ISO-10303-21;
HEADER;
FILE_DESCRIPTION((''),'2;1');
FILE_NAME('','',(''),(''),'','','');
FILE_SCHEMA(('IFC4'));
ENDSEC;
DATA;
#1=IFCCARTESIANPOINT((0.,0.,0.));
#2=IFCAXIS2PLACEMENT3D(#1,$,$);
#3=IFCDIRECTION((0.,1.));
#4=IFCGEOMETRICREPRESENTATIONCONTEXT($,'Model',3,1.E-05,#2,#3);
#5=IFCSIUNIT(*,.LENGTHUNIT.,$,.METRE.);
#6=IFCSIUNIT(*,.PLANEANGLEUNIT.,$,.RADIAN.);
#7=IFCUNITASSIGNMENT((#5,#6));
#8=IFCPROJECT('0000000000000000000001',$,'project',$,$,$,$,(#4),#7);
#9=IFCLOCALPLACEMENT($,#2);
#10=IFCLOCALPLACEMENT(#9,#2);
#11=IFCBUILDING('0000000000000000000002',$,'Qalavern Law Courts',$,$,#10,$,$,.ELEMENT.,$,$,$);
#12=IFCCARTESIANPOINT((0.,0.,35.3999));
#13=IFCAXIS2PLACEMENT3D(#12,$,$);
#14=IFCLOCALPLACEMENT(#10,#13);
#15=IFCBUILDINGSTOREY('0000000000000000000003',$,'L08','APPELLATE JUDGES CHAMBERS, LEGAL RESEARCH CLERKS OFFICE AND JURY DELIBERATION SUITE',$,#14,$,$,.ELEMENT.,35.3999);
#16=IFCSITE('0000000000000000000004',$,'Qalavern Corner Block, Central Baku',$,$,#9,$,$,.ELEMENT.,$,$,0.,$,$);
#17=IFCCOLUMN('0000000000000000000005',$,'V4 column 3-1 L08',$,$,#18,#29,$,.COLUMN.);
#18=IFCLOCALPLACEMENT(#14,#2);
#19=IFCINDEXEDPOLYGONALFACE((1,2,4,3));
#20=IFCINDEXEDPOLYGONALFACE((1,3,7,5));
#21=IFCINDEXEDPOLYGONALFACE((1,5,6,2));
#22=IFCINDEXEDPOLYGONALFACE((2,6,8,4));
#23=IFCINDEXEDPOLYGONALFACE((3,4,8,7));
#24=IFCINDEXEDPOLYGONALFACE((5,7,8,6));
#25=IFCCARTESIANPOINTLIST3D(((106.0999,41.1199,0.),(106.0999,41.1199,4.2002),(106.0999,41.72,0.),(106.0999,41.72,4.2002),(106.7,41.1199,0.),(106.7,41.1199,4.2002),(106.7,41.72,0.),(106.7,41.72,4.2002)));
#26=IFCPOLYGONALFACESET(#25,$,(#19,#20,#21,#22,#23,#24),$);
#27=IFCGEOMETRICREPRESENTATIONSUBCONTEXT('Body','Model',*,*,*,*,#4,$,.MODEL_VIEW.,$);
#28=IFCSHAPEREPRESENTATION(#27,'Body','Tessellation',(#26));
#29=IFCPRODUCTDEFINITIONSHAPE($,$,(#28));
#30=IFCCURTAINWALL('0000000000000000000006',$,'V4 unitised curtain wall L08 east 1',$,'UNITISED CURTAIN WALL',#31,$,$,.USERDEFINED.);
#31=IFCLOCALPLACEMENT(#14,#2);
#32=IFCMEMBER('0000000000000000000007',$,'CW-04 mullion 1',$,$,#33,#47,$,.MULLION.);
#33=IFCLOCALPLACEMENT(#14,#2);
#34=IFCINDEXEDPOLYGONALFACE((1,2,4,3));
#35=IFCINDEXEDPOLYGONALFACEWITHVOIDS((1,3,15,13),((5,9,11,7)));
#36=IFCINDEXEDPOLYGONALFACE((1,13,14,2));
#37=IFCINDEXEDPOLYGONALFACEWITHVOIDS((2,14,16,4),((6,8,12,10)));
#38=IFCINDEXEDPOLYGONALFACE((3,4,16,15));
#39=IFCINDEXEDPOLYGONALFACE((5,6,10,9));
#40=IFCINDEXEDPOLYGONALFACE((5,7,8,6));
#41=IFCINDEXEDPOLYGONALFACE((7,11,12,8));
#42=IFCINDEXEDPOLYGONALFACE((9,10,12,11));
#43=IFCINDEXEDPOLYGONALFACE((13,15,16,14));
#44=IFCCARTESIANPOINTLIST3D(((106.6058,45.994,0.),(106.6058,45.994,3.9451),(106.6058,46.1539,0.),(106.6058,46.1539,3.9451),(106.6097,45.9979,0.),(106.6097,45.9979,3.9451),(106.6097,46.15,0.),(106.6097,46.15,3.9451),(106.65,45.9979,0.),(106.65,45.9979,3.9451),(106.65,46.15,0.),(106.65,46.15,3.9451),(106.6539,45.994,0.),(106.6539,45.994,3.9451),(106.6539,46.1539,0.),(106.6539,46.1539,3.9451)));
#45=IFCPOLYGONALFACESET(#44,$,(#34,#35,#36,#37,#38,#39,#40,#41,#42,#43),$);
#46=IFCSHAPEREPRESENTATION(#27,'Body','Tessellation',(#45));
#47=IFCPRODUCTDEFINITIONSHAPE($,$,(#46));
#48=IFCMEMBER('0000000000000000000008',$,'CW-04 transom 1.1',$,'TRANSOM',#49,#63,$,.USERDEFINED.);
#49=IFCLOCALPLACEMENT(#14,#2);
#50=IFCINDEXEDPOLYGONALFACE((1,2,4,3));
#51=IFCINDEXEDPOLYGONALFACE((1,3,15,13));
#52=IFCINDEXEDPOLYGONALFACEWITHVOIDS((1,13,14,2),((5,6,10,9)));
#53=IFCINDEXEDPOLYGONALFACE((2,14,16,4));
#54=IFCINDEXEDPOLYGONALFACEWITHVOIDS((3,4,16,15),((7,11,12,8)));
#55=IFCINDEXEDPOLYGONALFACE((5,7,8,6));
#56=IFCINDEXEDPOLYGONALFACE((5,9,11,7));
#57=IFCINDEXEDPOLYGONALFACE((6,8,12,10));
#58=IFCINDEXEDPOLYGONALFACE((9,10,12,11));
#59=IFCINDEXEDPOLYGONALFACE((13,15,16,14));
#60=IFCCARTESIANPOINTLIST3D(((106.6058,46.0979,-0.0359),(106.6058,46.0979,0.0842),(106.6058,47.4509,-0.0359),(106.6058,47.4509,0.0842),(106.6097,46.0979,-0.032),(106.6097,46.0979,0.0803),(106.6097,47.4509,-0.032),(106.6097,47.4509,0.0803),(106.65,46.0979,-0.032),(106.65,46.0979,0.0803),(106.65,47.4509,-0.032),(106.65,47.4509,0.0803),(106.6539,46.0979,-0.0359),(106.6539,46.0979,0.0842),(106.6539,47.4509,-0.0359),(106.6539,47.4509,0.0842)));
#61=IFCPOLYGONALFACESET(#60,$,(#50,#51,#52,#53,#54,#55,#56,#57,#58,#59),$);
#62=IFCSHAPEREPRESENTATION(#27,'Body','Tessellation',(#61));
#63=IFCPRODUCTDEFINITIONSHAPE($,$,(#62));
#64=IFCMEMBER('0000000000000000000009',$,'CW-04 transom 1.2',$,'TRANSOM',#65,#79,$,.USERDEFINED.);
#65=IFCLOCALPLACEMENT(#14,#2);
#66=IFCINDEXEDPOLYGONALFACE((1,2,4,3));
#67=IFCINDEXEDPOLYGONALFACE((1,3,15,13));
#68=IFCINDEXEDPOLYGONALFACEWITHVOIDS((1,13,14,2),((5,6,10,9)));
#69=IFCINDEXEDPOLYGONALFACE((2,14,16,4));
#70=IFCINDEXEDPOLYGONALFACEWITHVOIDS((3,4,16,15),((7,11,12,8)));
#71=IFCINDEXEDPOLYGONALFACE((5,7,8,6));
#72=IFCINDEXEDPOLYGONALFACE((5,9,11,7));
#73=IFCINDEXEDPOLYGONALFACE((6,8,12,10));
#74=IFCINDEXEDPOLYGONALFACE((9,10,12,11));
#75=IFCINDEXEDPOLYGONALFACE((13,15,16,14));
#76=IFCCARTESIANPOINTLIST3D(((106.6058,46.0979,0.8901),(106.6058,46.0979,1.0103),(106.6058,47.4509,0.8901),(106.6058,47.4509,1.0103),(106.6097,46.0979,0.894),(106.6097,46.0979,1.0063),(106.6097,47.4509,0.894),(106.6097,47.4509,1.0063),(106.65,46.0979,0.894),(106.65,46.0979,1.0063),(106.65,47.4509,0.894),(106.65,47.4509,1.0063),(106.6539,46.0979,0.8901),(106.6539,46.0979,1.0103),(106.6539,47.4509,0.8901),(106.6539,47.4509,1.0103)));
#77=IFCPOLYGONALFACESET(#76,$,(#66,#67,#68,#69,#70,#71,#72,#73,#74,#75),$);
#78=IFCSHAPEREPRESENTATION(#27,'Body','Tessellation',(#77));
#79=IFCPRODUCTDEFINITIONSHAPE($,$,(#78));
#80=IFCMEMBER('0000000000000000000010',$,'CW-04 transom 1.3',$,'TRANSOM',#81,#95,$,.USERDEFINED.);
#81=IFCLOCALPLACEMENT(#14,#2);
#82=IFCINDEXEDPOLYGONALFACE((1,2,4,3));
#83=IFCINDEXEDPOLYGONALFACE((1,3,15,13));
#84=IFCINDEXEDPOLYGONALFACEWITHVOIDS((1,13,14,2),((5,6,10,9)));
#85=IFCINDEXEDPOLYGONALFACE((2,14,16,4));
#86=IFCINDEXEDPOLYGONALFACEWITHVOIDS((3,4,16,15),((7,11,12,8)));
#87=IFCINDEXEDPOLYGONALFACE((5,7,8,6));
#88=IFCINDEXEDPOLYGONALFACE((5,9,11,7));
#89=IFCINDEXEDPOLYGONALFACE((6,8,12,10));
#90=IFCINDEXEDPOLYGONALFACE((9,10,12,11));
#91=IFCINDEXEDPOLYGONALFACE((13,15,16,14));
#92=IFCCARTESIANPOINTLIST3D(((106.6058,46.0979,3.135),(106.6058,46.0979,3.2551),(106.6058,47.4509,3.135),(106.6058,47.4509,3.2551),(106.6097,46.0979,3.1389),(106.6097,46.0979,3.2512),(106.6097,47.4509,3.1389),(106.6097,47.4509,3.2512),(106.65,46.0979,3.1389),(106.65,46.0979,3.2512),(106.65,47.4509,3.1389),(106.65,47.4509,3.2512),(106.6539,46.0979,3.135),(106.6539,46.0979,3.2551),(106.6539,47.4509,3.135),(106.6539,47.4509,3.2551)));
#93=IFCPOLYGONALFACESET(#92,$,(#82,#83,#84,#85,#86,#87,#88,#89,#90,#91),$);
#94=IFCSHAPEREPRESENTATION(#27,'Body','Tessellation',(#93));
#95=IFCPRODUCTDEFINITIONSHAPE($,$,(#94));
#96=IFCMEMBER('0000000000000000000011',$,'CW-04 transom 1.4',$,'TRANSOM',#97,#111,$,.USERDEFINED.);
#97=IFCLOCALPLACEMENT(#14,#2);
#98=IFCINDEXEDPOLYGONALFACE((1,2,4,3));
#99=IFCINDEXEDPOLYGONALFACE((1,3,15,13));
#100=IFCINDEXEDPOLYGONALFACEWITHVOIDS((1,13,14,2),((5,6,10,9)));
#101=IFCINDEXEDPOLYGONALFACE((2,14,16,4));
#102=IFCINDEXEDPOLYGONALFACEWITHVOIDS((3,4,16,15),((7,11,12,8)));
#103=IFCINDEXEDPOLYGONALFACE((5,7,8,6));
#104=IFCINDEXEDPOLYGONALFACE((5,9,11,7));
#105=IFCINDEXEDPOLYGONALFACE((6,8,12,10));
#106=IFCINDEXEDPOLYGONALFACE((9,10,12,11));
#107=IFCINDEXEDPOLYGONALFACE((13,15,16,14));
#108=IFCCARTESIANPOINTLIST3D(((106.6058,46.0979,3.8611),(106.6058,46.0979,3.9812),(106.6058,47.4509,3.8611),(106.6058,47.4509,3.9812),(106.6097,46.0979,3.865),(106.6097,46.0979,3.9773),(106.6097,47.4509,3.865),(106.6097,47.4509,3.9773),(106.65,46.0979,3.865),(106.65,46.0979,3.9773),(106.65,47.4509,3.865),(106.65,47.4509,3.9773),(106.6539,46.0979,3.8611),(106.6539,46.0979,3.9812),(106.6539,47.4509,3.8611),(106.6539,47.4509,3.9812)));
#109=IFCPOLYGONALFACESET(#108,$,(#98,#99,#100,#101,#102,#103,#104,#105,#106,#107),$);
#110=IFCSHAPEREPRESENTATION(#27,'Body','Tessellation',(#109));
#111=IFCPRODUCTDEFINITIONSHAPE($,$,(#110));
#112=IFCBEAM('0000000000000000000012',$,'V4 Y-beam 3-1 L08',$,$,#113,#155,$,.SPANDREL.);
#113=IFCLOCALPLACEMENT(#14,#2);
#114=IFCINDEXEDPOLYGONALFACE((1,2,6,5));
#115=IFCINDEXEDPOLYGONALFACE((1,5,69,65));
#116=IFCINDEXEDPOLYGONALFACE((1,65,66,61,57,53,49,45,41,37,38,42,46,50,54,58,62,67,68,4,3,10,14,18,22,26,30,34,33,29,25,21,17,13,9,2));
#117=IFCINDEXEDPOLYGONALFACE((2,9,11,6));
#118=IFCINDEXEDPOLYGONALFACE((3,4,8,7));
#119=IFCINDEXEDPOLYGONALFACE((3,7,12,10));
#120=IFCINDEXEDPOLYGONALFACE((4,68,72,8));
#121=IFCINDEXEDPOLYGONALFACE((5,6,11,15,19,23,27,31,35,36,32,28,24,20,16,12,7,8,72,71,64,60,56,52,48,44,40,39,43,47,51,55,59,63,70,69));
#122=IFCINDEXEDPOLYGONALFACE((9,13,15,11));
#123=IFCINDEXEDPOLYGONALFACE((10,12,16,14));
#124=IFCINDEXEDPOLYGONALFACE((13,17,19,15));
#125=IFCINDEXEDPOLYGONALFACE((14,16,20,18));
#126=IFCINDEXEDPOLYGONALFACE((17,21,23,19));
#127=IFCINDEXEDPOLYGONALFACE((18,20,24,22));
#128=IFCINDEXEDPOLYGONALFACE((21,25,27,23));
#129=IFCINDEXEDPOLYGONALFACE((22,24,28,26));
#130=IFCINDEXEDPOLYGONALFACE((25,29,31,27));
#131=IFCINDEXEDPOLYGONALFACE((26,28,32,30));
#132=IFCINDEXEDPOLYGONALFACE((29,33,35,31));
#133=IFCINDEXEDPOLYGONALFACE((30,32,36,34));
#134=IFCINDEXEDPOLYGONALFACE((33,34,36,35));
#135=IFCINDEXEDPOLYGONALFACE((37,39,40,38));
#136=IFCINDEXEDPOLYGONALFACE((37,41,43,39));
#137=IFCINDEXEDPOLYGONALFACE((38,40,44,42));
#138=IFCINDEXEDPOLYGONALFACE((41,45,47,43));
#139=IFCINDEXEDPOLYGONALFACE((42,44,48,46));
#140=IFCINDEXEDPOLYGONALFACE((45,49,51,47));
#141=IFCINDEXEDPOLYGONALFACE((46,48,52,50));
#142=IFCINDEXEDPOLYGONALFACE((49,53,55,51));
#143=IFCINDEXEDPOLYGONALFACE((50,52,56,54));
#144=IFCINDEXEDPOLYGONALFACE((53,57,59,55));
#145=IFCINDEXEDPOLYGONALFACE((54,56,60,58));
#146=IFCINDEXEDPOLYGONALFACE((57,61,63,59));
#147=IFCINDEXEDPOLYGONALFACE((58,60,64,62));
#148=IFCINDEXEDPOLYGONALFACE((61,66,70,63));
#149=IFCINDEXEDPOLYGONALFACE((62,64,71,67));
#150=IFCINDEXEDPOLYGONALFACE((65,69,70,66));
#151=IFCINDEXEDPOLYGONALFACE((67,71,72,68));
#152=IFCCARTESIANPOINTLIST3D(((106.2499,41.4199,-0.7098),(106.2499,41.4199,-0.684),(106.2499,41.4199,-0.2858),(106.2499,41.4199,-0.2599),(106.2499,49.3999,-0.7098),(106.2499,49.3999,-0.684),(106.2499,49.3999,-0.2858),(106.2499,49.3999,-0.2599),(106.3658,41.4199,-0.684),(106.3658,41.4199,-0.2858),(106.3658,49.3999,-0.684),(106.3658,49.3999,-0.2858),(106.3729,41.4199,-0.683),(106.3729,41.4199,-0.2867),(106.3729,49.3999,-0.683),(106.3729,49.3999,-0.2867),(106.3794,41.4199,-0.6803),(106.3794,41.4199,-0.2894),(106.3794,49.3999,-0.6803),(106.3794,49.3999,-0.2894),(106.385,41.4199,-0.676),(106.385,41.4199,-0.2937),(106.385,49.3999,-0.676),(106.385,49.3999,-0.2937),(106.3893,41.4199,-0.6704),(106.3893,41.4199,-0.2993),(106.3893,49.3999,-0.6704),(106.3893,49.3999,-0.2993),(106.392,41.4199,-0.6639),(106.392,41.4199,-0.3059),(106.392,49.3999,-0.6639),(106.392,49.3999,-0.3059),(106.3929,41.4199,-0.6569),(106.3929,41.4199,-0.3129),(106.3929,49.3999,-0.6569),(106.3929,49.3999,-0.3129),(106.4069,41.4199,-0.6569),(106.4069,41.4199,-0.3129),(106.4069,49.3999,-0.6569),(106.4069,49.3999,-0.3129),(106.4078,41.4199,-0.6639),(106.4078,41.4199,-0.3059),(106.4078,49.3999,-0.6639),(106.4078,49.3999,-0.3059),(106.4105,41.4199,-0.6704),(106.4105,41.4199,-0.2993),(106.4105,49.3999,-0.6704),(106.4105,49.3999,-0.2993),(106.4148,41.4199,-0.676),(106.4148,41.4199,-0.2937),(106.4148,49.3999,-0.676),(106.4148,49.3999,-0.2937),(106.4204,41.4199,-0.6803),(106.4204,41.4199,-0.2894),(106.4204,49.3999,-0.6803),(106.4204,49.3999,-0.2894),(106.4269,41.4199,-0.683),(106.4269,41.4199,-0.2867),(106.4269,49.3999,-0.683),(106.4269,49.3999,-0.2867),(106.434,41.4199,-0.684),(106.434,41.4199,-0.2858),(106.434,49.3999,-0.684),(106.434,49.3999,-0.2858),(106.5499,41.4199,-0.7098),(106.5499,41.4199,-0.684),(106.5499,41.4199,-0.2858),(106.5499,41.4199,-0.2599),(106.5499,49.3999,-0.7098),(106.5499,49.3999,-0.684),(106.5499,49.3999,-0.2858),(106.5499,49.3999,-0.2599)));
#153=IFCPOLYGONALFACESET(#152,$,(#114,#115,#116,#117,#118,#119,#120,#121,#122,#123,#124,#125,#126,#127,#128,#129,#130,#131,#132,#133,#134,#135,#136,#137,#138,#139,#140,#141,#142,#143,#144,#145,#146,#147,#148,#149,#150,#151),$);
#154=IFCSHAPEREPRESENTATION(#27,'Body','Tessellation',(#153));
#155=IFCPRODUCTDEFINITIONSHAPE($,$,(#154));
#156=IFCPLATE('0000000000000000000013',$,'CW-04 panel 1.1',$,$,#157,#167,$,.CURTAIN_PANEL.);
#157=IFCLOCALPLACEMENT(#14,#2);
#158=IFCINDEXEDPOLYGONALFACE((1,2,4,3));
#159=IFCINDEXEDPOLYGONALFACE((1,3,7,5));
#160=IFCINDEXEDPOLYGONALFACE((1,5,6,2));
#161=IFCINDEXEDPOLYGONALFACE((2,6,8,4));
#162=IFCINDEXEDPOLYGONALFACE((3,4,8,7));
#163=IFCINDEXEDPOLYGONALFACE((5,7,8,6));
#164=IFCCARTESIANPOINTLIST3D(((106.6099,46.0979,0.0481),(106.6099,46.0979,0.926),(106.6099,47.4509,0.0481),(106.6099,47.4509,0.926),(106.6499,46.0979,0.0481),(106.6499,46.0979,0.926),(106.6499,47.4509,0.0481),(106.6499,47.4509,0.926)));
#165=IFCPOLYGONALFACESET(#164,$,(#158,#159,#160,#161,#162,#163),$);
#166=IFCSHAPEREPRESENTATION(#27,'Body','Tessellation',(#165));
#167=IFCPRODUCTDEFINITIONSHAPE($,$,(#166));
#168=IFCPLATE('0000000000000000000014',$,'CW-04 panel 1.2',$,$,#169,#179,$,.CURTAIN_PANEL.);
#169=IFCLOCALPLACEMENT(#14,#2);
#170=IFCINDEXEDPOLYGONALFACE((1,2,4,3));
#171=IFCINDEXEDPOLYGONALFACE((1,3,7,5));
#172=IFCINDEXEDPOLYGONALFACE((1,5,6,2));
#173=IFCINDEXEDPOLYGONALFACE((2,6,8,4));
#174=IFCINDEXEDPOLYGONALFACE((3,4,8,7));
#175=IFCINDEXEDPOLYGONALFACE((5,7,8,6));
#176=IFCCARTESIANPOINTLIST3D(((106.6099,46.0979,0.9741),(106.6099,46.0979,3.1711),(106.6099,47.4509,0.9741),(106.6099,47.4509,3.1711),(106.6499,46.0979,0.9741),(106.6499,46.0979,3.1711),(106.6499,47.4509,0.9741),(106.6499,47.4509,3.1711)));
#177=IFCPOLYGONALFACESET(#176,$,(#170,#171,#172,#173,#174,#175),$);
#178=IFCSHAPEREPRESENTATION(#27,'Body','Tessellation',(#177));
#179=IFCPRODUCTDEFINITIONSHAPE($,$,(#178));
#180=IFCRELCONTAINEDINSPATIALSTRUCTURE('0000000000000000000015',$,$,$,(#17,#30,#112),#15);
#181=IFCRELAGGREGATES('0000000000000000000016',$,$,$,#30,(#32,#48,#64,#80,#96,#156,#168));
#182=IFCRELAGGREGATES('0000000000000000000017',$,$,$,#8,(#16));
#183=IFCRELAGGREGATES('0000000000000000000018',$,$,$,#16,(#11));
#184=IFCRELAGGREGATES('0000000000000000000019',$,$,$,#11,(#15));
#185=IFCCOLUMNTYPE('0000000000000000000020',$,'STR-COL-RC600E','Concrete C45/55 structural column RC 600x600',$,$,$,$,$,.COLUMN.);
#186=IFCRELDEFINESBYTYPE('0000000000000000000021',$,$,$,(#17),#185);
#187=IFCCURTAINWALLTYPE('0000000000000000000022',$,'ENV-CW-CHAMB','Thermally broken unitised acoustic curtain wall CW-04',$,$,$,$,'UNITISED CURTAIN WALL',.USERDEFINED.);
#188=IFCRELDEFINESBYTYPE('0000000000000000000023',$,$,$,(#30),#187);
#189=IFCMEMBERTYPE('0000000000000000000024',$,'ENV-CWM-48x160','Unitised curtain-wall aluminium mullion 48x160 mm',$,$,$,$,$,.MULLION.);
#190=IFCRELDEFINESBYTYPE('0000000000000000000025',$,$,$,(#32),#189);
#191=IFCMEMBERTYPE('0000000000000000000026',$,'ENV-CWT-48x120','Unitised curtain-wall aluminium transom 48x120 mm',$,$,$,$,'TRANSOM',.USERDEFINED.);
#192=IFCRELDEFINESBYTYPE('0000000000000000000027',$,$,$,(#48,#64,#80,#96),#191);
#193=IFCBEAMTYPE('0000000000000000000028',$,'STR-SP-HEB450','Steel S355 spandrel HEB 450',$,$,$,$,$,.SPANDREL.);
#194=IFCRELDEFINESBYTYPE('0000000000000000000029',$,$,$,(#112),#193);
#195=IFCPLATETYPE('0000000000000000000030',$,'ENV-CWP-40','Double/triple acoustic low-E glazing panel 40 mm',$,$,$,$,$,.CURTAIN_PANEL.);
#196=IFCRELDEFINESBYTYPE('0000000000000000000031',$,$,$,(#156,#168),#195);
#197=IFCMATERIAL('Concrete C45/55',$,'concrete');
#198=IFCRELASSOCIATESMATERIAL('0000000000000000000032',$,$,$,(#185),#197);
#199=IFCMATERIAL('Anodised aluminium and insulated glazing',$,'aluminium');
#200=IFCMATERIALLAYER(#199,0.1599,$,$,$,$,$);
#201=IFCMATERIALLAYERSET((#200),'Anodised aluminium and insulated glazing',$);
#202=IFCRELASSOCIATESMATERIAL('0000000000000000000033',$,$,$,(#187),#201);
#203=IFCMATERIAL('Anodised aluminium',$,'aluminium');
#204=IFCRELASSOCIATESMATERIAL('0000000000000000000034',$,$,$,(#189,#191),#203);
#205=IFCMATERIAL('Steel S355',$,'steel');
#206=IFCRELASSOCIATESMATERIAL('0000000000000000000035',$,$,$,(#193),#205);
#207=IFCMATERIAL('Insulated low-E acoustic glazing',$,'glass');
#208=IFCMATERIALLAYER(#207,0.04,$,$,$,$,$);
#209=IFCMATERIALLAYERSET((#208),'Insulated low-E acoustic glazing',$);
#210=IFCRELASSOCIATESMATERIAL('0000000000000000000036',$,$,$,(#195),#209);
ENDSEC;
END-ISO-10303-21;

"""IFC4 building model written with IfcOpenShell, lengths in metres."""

from ifc_helpers import new_model, si_unit, direction, frame, origin, origin_2d, place, context, subcontext, project, spatial, rectangle, hollow_rectangle, i_section, extrude, material, layer, layer_set, material_profile, profile_set, type_object, element, aggregate, save


model = new_model("IFC4")

# Units and contexts
model_context = context("Model", 3, precision=1e-05, world=origin(), true_north=direction((0.0, 1.0)))
body_context = subcontext(model_context, "Body", "Model", "MODEL_VIEW")
ifc_project = project(units=[si_unit("LENGTHUNIT", "METRE"), si_unit("PLANEANGLEUNIT", "RADIAN")], contexts=[model_context])

# Site, building, storey
site_placement = place(None, origin())
site = spatial("IfcSite", under=ifc_project, at=site_placement, Name="Qalavern Corner Block, Central Baku", CompositionType="ELEMENT", RefElevation=0.0)
building_placement = place(site_placement, origin())
building = spatial("IfcBuilding", under=site, at=building_placement, Name="Qalavern Law Courts", CompositionType="ELEMENT")
storey_placement = place(building_placement, frame((0.0, 0.0, 35.3999)))
storey = spatial("IfcBuildingStorey", under=building, at=storey_placement, Name="L08", Description="APPELLATE JUDGES CHAMBERS, LEGAL RESEARCH CLERKS OFFICE AND JURY DELIBERATION SUITE", CompositionType="ELEMENT", Elevation=35.3999)

# Column
ifc_material_1 = material(Name="Concrete C45/55", Category="concrete")
ifc_material_profile_1 = material_profile(ifc_material_1, rectangle(XDim=0.6001, YDim=0.6001, at=origin_2d()), Name="RC 600x600")
ifc_profile_set_1 = profile_set([ifc_material_profile_1], Name="Concrete C45/55")
column_type = type_object("IfcColumnType", Name="STR-COL-RC600E", Description="Concrete C45/55 structural column RC 600x600", PredefinedType="COLUMN", material=ifc_profile_set_1)
column_placement = place(storey_placement, frame((106.3999, 41.4199, 0.0), z_axis=(0.0, 0.0, 1.0), x_axis=(1.0, 0.0, 0.0)))
element("IfcColumn", 1, at=column_placement, inside=storey, type_object=column_type, Name="V4 column 3-1 L08", PredefinedType="COLUMN", context=body_context, shape_type="SweptSolid", body=[
    extrude(rectangle(XDim=0.6001, YDim=0.6001, at=origin_2d()), origin(), (0.0, 0.0, 1.0), 4.2002),
])

# Curtain wall, members
ifc_material_2 = material(Name="Anodised aluminium and insulated glazing", Category="aluminium")
ifc_layer_1 = layer(ifc_material_2, 0.1599)
ifc_layer_set_1 = layer_set([ifc_layer_1], Name="Anodised aluminium and insulated glazing")
curtain_wall_type = type_object("IfcCurtainWallType", Name="ENV-CW-CHAMB", Description="Thermally broken unitised acoustic curtain wall CW-04", ElementType="UNITISED CURTAIN WALL", PredefinedType="USERDEFINED", material=ifc_layer_set_1)
curtain_wall_placement = place(storey_placement, origin())
curtain_wall = element("IfcCurtainWall", 2, at=curtain_wall_placement, inside=storey, type_object=curtain_wall_type, Name="V4 unitised curtain wall L08 east 1", ObjectType="UNITISED CURTAIN WALL", PredefinedType="USERDEFINED")
ifc_material_3 = material(Name="Anodised aluminium", Category="aluminium")
ifc_material_profile_2 = material_profile(ifc_material_3, hollow_rectangle(XDim=0.0481, YDim=0.1599, WallThickness=0.0039, at=origin_2d()), Name="ALU MULLION 48x160")
ifc_profile_set_2 = profile_set([ifc_material_profile_2], Name="Anodised aluminium")
member_type_1 = type_object("IfcMemberType", Name="ENV-CWM-48x160", Description="Unitised curtain-wall aluminium mullion 48x160 mm", PredefinedType="MULLION", material=ifc_profile_set_2)
member_1_placement = place(storey_placement, frame((106.6299, 46.074, 0.0), z_axis=(0.0, 0.0, 1.0), x_axis=(-1.0, 0.0, 0.0)))
member_1 = element("IfcMember", 3, at=member_1_placement, type_object=member_type_1, Name="CW-04 mullion 1", PredefinedType="MULLION", context=body_context, shape_type="SweptSolid", body=[
    extrude(hollow_rectangle(XDim=0.0481, YDim=0.1599, WallThickness=0.0039, at=origin_2d()), origin(), (0.0, 0.0, 1.0), 3.9451),
])
ifc_material_profile_3 = material_profile(ifc_material_3, hollow_rectangle(XDim=0.0481, YDim=0.1201, WallThickness=0.0039, at=origin_2d()), Name="ALU TRANSOM 48x120")
ifc_profile_set_3 = profile_set([ifc_material_profile_3], Name="Anodised aluminium")
member_type_2 = type_object("IfcMemberType", Name="ENV-CWT-48x120", Description="Unitised curtain-wall aluminium transom 48x120 mm", ElementType="TRANSOM", PredefinedType="USERDEFINED", material=ifc_profile_set_3)
member_2_placement = place(storey_placement, frame((106.6299, 46.0979, 0.0242), z_axis=(0.0, 1.0, 0.0), x_axis=(-1.0, 0.0, 0.0)))
member_2 = element("IfcMember", 4, at=member_2_placement, type_object=member_type_2, Name="CW-04 transom 1.1", ObjectType="TRANSOM", PredefinedType="USERDEFINED", context=body_context, shape_type="SweptSolid", body=[
    extrude(hollow_rectangle(XDim=0.0481, YDim=0.1201, WallThickness=0.0039, at=origin_2d()), origin(), (0.0, 0.0, 1.0), 1.353),
])
member_3_placement = place(storey_placement, frame((106.6299, 46.0979, 0.9502), z_axis=(0.0, 1.0, 0.0), x_axis=(-1.0, 0.0, 0.0)))
member_3 = element("IfcMember", 5, at=member_3_placement, type_object=member_type_2, Name="CW-04 transom 1.2", ObjectType="TRANSOM", PredefinedType="USERDEFINED", context=body_context, shape_type="SweptSolid", body=[
    extrude(hollow_rectangle(XDim=0.0481, YDim=0.1201, WallThickness=0.0039, at=origin_2d()), origin(), (0.0, 0.0, 1.0), 1.353),
])
member_4_placement = place(storey_placement, frame((106.6299, 46.0979, 3.1951), z_axis=(0.0, 1.0, 0.0), x_axis=(-1.0, 0.0, 0.0)))
member_4 = element("IfcMember", 6, at=member_4_placement, type_object=member_type_2, Name="CW-04 transom 1.3", ObjectType="TRANSOM", PredefinedType="USERDEFINED", context=body_context, shape_type="SweptSolid", body=[
    extrude(hollow_rectangle(XDim=0.0481, YDim=0.1201, WallThickness=0.0039, at=origin_2d()), origin(), (0.0, 0.0, 1.0), 1.353),
])
member_5_placement = place(storey_placement, frame((106.6299, 46.0979, 3.9211), z_axis=(0.0, 1.0, 0.0), x_axis=(-1.0, 0.0, 0.0)))
member_5 = element("IfcMember", 7, at=member_5_placement, type_object=member_type_2, Name="CW-04 transom 1.4", ObjectType="TRANSOM", PredefinedType="USERDEFINED", context=body_context, shape_type="SweptSolid", body=[
    extrude(hollow_rectangle(XDim=0.0481, YDim=0.1201, WallThickness=0.0039, at=origin_2d()), origin(), (0.0, 0.0, 1.0), 1.353),
])

# Beam
ifc_material_4 = material(Name="Steel S355", Category="steel")
ifc_material_profile_4 = material_profile(ifc_material_4, i_section(OverallWidth=0.3, OverallDepth=0.45, WebThickness=0.0139, FlangeThickness=0.0259, FilletRadius=0.0271, at=origin_2d()), Name="HEB 450")
ifc_profile_set_4 = profile_set([ifc_material_profile_4], Name="Steel S355")
beam_type = type_object("IfcBeamType", Name="STR-SP-HEB450", Description="Steel S355 spandrel HEB 450", PredefinedType="SPANDREL", material=ifc_profile_set_4)
beam_placement = place(storey_placement, frame((106.3999, 41.4199, -0.4849), z_axis=(0.0, 1.0, 0.0), x_axis=(-1.0, 0.0, 0.0)))
element("IfcBeam", 8, at=beam_placement, inside=storey, type_object=beam_type, Name="V4 Y-beam 3-1 L08", PredefinedType="SPANDREL", context=body_context, shape_type="SweptSolid", body=[
    extrude(i_section(OverallWidth=0.3, OverallDepth=0.45, WebThickness=0.0139, FlangeThickness=0.0259, FilletRadius=0.0271, at=origin_2d()), origin(), (0.0, 0.0, 1.0), 7.98),
])

# Plates
ifc_material_5 = material(Name="Insulated low-E acoustic glazing", Category="glass")
ifc_layer_2 = layer(ifc_material_5, 0.04)
ifc_layer_set_2 = layer_set([ifc_layer_2], Name="Insulated low-E acoustic glazing")
plate_type = type_object("IfcPlateType", Name="ENV-CWP-40", Description="Double/triple acoustic low-E glazing panel 40 mm", PredefinedType="CURTAIN_PANEL", material=ifc_layer_set_2)
plate_1_placement = place(storey_placement, frame((106.6299, 46.7744, 0.0481), z_axis=(0.0, 0.0, 1.0), x_axis=(0.0, 1.0, 0.0)))
plate_1 = element("IfcPlate", 9, at=plate_1_placement, type_object=plate_type, Name="CW-04 panel 1.1", PredefinedType="CURTAIN_PANEL", context=body_context, shape_type="SweptSolid", body=[
    extrude(rectangle(XDim=1.353, YDim=0.04, at=origin_2d()), origin(), (0.0, 0.0, 1.0), 0.8779),
])
plate_2_placement = place(storey_placement, frame((106.6299, 46.7744, 0.9741), z_axis=(0.0, 0.0, 1.0), x_axis=(0.0, 1.0, 0.0)))
plate_2 = element("IfcPlate", 10, at=plate_2_placement, type_object=plate_type, Name="CW-04 panel 1.2", PredefinedType="CURTAIN_PANEL", context=body_context, shape_type="SweptSolid", body=[
    extrude(rectangle(XDim=1.353, YDim=0.04, at=origin_2d()), origin(), (0.0, 0.0, 1.0), 2.197),
])
aggregate(curtain_wall, [member_1, member_2, member_3, member_4, member_5, plate_1, plate_2])

save(model, "model.ifc")
